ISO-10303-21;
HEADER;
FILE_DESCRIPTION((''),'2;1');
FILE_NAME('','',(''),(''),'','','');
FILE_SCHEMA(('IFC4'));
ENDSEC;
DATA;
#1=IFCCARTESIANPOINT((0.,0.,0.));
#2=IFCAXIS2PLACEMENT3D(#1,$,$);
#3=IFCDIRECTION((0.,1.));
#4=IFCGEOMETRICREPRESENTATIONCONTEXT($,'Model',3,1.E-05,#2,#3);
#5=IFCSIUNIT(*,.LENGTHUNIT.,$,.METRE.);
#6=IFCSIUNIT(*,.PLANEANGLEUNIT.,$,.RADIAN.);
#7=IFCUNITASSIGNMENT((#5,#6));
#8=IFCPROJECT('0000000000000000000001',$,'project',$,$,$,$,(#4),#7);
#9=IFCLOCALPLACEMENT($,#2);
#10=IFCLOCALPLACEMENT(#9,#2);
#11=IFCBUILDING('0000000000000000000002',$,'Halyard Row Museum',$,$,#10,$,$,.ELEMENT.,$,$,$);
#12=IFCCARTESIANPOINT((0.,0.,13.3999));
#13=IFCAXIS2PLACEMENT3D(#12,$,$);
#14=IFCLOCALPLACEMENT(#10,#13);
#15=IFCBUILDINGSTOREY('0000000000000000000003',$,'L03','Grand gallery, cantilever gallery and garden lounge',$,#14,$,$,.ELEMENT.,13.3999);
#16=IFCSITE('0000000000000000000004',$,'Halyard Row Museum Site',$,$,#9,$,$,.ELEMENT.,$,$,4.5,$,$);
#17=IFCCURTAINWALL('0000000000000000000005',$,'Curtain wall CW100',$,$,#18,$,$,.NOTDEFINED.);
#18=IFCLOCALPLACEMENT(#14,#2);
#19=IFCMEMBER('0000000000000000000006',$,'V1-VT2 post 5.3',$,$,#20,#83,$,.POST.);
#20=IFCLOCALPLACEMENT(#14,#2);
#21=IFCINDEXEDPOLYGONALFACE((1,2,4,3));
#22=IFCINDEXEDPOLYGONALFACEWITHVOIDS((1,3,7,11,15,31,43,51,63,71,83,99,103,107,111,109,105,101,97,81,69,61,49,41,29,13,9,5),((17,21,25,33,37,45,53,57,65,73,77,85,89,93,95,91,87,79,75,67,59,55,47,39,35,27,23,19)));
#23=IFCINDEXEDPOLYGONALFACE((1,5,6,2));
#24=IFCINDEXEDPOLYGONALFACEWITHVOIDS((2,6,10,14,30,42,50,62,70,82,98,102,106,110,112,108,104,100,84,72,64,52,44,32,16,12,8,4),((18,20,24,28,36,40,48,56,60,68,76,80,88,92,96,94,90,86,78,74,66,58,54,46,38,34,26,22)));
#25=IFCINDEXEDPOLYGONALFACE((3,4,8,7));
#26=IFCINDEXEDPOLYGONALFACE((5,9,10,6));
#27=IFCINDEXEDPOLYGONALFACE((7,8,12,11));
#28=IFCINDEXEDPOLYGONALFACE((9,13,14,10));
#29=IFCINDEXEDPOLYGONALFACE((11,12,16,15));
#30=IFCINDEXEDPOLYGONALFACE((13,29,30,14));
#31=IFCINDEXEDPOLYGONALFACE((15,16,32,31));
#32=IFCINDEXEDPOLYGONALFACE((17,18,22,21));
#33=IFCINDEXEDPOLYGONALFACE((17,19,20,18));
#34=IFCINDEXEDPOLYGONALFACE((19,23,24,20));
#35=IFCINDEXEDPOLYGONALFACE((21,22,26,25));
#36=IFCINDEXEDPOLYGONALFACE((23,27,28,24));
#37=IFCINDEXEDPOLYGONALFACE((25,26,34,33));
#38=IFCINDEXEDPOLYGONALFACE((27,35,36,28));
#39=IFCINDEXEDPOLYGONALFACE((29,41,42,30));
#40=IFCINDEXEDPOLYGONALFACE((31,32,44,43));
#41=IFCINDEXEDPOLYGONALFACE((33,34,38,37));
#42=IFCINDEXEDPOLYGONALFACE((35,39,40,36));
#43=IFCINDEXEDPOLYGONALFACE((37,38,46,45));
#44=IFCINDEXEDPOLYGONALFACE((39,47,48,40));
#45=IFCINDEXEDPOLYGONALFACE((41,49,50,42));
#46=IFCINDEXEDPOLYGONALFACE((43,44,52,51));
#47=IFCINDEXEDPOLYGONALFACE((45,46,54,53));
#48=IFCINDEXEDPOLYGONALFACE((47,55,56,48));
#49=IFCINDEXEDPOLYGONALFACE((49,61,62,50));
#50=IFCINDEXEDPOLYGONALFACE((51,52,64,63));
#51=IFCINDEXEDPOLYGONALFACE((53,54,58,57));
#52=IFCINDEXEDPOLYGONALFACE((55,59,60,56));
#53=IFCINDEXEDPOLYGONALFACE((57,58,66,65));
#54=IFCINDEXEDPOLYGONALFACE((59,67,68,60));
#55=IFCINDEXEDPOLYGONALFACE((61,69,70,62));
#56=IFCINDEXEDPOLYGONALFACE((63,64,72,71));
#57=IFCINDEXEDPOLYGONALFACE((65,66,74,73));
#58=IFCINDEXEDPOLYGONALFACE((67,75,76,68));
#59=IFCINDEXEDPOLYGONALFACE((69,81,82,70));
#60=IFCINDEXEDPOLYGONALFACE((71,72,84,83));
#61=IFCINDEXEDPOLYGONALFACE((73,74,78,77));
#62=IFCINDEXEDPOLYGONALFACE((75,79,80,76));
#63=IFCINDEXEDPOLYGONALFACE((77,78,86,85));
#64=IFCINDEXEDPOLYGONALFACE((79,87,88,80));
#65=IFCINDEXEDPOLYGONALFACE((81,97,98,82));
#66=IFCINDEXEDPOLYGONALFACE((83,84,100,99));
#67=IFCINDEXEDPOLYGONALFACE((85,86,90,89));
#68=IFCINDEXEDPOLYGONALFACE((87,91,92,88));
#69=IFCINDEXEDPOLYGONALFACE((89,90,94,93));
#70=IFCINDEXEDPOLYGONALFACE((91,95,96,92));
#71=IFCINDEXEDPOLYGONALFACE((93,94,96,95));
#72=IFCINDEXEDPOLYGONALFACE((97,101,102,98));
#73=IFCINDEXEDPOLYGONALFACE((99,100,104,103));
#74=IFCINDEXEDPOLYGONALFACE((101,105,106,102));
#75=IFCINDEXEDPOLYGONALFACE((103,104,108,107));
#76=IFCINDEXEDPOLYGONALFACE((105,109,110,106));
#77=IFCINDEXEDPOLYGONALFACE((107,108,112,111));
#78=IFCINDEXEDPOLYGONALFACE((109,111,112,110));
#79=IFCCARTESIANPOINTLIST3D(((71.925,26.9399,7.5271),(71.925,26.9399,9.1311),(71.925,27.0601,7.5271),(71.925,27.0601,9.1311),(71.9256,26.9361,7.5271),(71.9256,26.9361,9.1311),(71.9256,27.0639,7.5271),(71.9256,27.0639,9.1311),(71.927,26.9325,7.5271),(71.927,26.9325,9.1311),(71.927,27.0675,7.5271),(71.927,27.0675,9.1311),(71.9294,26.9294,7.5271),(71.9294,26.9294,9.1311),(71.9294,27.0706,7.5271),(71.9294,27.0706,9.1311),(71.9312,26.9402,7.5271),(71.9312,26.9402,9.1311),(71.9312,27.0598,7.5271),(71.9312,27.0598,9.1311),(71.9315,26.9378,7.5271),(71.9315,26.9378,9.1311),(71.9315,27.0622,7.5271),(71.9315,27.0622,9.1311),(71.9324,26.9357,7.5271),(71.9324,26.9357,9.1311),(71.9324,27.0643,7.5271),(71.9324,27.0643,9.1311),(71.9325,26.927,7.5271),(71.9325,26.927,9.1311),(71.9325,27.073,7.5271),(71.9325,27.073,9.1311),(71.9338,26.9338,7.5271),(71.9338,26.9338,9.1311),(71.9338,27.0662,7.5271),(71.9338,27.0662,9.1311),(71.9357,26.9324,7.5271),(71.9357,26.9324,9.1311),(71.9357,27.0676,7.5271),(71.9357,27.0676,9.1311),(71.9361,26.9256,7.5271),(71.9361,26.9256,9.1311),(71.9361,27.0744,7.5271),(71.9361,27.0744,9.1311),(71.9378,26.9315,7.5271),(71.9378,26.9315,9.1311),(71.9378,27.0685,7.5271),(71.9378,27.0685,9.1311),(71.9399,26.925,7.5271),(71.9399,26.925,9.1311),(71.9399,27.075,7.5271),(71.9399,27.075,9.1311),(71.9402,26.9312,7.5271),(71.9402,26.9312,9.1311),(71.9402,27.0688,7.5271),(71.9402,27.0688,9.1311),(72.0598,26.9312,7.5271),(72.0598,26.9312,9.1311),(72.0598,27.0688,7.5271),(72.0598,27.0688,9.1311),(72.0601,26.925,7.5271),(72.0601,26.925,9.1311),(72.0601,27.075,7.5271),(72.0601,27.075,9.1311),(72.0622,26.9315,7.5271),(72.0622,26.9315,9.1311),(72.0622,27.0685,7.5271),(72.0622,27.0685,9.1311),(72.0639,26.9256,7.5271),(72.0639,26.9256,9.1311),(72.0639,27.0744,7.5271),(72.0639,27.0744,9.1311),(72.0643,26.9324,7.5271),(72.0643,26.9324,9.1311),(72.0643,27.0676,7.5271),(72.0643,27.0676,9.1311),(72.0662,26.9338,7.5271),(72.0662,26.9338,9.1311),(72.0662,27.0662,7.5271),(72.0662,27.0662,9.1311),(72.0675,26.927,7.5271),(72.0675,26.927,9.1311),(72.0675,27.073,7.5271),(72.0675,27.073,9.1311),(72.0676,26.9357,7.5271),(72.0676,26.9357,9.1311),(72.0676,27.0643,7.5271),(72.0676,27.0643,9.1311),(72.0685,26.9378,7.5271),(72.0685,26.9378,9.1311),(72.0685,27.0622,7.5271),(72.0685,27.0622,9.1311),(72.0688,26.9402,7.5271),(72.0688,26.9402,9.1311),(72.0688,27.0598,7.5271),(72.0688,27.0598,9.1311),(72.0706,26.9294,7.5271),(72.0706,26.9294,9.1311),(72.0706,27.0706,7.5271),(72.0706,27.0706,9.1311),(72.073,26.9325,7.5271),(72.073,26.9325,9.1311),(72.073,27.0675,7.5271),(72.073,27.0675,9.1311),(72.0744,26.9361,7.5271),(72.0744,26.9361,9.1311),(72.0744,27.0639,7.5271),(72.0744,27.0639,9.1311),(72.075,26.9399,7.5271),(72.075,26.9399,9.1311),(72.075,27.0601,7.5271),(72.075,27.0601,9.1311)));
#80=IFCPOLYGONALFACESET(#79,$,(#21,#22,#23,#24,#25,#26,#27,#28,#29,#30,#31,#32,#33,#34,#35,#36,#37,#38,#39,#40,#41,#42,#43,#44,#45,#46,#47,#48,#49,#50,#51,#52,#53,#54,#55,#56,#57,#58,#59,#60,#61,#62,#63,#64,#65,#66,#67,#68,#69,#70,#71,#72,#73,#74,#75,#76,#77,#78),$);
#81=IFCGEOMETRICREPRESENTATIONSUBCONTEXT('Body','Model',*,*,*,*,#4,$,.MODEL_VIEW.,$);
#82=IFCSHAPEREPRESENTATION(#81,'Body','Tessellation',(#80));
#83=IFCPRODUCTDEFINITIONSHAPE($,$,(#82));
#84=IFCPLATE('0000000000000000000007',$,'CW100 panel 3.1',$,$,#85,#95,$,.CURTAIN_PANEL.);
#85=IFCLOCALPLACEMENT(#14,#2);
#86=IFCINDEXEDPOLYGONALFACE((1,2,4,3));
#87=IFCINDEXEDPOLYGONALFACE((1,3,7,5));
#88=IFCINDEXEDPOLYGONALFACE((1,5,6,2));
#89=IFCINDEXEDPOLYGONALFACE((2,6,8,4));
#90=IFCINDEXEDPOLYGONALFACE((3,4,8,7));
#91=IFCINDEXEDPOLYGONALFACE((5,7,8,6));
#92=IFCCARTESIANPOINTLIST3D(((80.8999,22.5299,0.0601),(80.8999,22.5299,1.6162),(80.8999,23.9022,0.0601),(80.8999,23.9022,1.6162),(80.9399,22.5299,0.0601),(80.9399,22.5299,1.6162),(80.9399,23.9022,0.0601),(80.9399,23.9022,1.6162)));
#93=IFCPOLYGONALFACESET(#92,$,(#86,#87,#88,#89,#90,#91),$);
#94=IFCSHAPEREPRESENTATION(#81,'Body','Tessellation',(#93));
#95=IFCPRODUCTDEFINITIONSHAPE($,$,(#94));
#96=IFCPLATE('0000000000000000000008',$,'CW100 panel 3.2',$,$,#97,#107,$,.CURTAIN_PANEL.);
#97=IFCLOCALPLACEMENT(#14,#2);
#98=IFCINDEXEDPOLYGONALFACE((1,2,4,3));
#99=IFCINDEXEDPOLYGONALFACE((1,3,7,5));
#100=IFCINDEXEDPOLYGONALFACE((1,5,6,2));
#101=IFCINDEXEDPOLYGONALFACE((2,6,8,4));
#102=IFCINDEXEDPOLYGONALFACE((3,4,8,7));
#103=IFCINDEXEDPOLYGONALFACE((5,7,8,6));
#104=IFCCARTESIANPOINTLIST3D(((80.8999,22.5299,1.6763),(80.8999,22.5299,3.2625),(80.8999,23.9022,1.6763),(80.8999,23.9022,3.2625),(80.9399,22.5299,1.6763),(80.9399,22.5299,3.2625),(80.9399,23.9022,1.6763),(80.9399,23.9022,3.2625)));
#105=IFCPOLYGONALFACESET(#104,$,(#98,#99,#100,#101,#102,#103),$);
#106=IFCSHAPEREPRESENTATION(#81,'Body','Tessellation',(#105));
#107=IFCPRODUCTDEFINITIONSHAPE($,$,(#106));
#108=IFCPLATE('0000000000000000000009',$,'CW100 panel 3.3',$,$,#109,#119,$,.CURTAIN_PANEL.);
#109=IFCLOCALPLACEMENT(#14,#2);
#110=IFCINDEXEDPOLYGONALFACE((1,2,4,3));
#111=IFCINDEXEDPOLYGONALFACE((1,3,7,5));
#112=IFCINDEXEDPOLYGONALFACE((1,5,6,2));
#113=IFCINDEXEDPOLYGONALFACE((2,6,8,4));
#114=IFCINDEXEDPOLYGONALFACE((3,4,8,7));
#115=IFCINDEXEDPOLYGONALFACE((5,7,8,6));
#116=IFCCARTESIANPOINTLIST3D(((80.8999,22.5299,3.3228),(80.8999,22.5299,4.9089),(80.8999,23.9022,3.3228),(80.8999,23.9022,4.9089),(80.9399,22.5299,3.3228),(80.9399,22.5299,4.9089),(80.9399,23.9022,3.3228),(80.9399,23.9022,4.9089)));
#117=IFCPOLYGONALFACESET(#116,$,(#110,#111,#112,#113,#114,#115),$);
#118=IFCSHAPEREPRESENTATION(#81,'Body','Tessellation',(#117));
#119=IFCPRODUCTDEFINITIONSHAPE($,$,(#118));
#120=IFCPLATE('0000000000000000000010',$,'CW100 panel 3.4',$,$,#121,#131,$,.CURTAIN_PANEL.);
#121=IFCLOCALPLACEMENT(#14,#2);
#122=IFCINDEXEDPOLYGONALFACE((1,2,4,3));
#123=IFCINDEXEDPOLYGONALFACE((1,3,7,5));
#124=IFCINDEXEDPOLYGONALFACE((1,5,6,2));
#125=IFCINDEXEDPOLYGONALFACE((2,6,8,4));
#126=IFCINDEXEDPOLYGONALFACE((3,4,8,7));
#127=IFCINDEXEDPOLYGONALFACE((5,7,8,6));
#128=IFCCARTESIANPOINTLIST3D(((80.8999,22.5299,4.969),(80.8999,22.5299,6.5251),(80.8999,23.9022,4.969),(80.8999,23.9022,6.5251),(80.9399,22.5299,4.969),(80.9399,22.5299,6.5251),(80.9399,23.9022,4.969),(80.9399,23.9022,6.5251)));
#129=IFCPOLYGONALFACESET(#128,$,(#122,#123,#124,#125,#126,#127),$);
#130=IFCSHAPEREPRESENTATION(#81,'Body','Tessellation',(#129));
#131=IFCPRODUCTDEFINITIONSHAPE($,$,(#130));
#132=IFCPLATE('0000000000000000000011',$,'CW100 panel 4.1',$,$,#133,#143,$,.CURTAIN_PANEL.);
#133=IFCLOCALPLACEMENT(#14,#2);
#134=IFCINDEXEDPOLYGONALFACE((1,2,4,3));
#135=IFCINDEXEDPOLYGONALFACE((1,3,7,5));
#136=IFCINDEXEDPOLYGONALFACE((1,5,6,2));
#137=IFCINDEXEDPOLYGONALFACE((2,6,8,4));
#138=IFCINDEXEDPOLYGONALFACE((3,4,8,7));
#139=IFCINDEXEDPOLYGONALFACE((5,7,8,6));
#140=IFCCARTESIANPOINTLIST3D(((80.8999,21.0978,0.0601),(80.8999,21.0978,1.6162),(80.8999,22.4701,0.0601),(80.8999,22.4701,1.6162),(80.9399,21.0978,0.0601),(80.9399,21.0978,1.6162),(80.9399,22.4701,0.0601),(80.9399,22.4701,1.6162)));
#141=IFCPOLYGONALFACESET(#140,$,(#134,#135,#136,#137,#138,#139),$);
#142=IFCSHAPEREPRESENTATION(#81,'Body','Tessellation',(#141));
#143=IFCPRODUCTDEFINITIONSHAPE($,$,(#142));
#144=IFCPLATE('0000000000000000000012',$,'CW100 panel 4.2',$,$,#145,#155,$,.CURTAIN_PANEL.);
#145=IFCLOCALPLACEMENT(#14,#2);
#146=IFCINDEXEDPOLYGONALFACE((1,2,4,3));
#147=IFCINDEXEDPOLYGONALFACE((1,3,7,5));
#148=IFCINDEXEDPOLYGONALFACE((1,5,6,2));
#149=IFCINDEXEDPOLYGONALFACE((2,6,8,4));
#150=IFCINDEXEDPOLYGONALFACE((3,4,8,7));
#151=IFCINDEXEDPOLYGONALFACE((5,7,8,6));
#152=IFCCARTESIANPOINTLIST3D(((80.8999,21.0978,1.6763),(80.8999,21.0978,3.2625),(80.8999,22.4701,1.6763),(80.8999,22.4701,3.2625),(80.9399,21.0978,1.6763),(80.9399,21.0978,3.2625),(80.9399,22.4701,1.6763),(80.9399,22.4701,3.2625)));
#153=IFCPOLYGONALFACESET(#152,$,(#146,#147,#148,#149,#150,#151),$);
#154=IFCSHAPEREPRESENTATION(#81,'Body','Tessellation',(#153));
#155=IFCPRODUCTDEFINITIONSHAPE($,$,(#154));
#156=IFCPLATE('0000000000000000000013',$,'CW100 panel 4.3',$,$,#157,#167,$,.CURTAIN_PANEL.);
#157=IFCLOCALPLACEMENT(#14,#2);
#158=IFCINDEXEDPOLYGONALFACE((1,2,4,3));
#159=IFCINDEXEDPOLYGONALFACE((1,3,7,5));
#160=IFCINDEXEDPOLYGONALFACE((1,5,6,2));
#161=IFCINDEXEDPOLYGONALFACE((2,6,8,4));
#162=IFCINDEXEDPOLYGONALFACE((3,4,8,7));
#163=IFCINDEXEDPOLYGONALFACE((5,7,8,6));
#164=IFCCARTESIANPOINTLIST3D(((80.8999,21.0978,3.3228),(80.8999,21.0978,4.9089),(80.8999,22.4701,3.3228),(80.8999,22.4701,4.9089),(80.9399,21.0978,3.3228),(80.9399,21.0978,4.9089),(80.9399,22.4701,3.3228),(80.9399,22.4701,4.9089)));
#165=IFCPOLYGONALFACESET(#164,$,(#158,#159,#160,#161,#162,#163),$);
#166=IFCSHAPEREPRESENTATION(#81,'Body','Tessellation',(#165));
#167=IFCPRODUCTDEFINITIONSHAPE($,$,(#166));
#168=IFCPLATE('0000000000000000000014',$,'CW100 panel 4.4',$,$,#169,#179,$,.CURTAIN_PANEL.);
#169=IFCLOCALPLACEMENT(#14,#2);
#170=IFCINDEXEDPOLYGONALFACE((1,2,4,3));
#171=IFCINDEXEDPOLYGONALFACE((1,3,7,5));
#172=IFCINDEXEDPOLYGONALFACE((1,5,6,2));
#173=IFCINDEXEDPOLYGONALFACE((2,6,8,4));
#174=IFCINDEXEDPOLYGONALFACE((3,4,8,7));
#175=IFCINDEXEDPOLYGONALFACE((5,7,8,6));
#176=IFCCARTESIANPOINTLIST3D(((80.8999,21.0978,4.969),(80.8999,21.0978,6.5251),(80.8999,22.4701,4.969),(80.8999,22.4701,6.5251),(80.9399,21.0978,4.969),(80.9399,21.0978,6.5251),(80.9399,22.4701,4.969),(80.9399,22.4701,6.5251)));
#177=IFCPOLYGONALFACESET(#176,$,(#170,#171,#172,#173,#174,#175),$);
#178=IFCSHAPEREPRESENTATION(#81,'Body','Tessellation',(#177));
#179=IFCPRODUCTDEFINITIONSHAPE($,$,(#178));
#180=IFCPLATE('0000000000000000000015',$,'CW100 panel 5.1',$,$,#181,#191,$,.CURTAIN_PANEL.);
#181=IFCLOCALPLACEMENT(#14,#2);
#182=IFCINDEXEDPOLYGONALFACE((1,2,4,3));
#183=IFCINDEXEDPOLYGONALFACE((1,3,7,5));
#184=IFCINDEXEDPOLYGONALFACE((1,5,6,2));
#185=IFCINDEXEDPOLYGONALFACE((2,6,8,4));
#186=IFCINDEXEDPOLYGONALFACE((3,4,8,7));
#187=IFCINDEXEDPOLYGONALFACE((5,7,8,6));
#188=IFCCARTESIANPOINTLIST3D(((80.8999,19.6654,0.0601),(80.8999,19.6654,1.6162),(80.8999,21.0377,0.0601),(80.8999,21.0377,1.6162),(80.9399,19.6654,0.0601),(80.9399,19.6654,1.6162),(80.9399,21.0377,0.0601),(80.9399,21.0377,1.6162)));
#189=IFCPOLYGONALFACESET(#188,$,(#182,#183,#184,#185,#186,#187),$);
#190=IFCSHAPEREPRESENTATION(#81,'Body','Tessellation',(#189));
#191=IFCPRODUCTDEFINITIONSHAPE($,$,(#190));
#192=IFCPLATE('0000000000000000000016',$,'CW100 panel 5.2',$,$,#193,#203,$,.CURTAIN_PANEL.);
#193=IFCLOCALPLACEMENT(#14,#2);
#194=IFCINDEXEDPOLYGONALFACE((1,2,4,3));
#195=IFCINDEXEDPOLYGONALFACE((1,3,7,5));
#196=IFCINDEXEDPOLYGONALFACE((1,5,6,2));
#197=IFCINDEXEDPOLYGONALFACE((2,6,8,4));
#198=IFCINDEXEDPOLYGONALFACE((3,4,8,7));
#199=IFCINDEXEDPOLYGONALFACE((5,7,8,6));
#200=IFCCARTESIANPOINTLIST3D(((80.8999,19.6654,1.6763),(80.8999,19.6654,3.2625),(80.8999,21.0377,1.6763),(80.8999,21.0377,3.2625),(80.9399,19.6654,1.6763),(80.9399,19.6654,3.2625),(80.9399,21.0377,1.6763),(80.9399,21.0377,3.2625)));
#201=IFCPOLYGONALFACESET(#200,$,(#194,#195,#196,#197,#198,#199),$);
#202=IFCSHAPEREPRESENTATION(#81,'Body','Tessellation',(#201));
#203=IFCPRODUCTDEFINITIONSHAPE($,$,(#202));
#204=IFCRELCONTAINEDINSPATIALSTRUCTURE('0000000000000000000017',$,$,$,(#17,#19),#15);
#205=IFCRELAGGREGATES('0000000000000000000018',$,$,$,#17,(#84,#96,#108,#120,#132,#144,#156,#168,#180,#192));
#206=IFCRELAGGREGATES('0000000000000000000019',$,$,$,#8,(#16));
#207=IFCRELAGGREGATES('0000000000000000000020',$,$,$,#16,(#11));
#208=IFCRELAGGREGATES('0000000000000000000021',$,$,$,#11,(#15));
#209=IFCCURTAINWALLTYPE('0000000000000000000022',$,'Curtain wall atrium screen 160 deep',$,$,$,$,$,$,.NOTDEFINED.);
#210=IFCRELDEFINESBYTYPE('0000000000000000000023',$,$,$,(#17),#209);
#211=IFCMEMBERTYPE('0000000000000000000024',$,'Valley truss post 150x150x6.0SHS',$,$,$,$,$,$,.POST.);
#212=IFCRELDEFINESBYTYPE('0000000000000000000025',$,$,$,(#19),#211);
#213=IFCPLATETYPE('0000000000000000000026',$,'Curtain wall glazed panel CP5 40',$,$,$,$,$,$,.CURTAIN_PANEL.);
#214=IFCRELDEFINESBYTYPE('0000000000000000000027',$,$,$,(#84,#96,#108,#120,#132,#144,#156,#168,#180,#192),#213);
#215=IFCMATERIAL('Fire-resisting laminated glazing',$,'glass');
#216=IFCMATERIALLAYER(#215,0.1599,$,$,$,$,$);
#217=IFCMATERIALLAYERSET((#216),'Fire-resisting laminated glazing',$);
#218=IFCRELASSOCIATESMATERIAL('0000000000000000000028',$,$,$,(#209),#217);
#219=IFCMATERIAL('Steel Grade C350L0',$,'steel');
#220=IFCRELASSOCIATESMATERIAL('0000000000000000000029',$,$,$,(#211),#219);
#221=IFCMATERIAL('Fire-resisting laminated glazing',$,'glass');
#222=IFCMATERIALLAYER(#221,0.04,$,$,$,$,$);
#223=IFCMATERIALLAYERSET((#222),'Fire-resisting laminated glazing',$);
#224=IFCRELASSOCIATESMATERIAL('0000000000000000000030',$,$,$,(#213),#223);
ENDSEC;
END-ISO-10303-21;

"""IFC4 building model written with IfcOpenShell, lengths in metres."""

from ifc_helpers import new_model, si_unit, direction, frame, origin, origin_2d, place, context, subcontext, project, spatial, rectangle, hollow_rectangle, extrude, material, layer, layer_set, material_profile, profile_set, type_object, element, aggregate, save


model = new_model("IFC4")

# Units and contexts
model_context = context("Model", 3, precision=1e-05, world=origin(), true_north=direction((0.0, 1.0)))
body_context = subcontext(model_context, "Body", "Model", "MODEL_VIEW")
ifc_project = project(units=[si_unit("LENGTHUNIT", "METRE"), si_unit("PLANEANGLEUNIT", "RADIAN")], contexts=[model_context])

# Site, building, storey
site_placement = place(None, origin())
site = spatial("IfcSite", under=ifc_project, at=site_placement, Name="Halyard Row Museum Site", CompositionType="ELEMENT", RefElevation=4.5)
building_placement = place(site_placement, origin())
building = spatial("IfcBuilding", under=site, at=building_placement, Name="Halyard Row Museum", CompositionType="ELEMENT")
storey_placement = place(building_placement, frame((0.0, 0.0, 13.3999)))
storey = spatial("IfcBuildingStorey", under=building, at=storey_placement, Name="L03", Description="Grand gallery, cantilever gallery and garden lounge", CompositionType="ELEMENT", Elevation=13.3999)

# Curtain wall
ifc_material_1 = material(Name="Fire-resisting laminated glazing", Category="glass")
ifc_layer_1 = layer(ifc_material_1, 0.1599)
ifc_layer_set_1 = layer_set([ifc_layer_1], Name="Fire-resisting laminated glazing")
curtain_wall_type = type_object("IfcCurtainWallType", Name="Curtain wall atrium screen 160 deep", PredefinedType="NOTDEFINED", material=ifc_layer_set_1)
curtain_wall_placement = place(storey_placement, origin())
curtain_wall = element("IfcCurtainWall", 1, at=curtain_wall_placement, inside=storey, type_object=curtain_wall_type, Name="Curtain wall CW100", PredefinedType="NOTDEFINED")

# Member
ifc_material_2 = material(Name="Steel Grade C350L0", Category="steel")
ifc_material_profile_1 = material_profile(ifc_material_2, hollow_rectangle(XDim=0.1499, YDim=0.1499, WallThickness=0.0061, InnerFilletRadius=0.009, OuterFilletRadius=0.0149, at=origin_2d()), Name="150x150x6.0SHS")
ifc_profile_set_1 = profile_set([ifc_material_profile_1], Name="Steel Grade C350L0")
member_type_1 = type_object("IfcMemberType", Name="Valley truss post 150x150x6.0SHS", PredefinedType="POST", material=ifc_profile_set_1)
member_1_placement = place(storey_placement, frame((72.0, 27.0, 7.5271), z_axis=(0.0, 0.0, 1.0), x_axis=(1.0, 0.0, 0.0)))
element("IfcMember", 2, at=member_1_placement, inside=storey, type_object=member_type_1, Name="V1-VT2 post 5.3", PredefinedType="POST", context=body_context, shape_type="SweptSolid", body=[
    extrude(hollow_rectangle(XDim=0.1499, YDim=0.1499, WallThickness=0.0061, InnerFilletRadius=0.009, OuterFilletRadius=0.0149, at=origin_2d()), origin(), (0.0, 0.0, 1.0), 1.604),
])

# Plates
ifc_material_3 = material(Name="Fire-resisting laminated glazing", Category="glass")
ifc_layer_2 = layer(ifc_material_3, 0.04)
ifc_layer_set_2 = layer_set([ifc_layer_2], Name="Fire-resisting laminated glazing")
plate_type = type_object("IfcPlateType", Name="Curtain wall glazed panel CP5 40", PredefinedType="CURTAIN_PANEL", material=ifc_layer_set_2)
plate_1_placement = place(storey_placement, frame((80.9199, 23.2161, 0.0601), z_axis=(0.0, 0.0, 1.0), x_axis=(0.0, -1.0, 0.0)))
plate_1 = element("IfcPlate", 3, at=plate_1_placement, type_object=plate_type, Name="CW100 panel 3.1", PredefinedType="CURTAIN_PANEL", context=body_context, shape_type="SweptSolid", body=[
    extrude(rectangle(XDim=1.3723, YDim=0.04, at=origin_2d()), origin(), (0.0, 0.0, 1.0), 1.5562),
])
plate_2_placement = place(storey_placement, frame((80.9199, 23.2161, 1.6763), z_axis=(0.0, 0.0, 1.0), x_axis=(0.0, -1.0, 0.0)))
plate_2 = element("IfcPlate", 4, at=plate_2_placement, type_object=plate_type, Name="CW100 panel 3.2", PredefinedType="CURTAIN_PANEL", context=body_context, shape_type="SweptSolid", body=[
    extrude(rectangle(XDim=1.3723, YDim=0.04, at=origin_2d()), origin(), (0.0, 0.0, 1.0), 1.5862),
])
plate_3_placement = place(storey_placement, frame((80.9199, 23.2161, 3.3228), z_axis=(0.0, 0.0, 1.0), x_axis=(0.0, -1.0, 0.0)))
plate_3 = element("IfcPlate", 5, at=plate_3_placement, type_object=plate_type, Name="CW100 panel 3.3", PredefinedType="CURTAIN_PANEL", context=body_context, shape_type="SweptSolid", body=[
    extrude(rectangle(XDim=1.3723, YDim=0.04, at=origin_2d()), origin(), (0.0, 0.0, 1.0), 1.5862),
])
plate_4_placement = place(storey_placement, frame((80.9199, 23.2161, 4.969), z_axis=(0.0, 0.0, 1.0), x_axis=(0.0, -1.0, 0.0)))
plate_4 = element("IfcPlate", 6, at=plate_4_placement, type_object=plate_type, Name="CW100 panel 3.4", PredefinedType="CURTAIN_PANEL", context=body_context, shape_type="SweptSolid", body=[
    extrude(rectangle(XDim=1.3723, YDim=0.04, at=origin_2d()), origin(), (0.0, 0.0, 1.0), 1.5562),
])
plate_5_placement = place(storey_placement, frame((80.9199, 21.7839, 0.0601), z_axis=(0.0, 0.0, 1.0), x_axis=(0.0, -1.0, 0.0)))
plate_5 = element("IfcPlate", 7, at=plate_5_placement, type_object=plate_type, Name="CW100 panel 4.1", PredefinedType="CURTAIN_PANEL", context=body_context, shape_type="SweptSolid", body=[
    extrude(rectangle(XDim=1.3723, YDim=0.04, at=origin_2d()), origin(), (0.0, 0.0, 1.0), 1.5562),
])
plate_6_placement = place(storey_placement, frame((80.9199, 21.7839, 1.6763), z_axis=(0.0, 0.0, 1.0), x_axis=(0.0, -1.0, 0.0)))
plate_6 = element("IfcPlate", 8, at=plate_6_placement, type_object=plate_type, Name="CW100 panel 4.2", PredefinedType="CURTAIN_PANEL", context=body_context, shape_type="SweptSolid", body=[
    extrude(rectangle(XDim=1.3723, YDim=0.04, at=origin_2d()), origin(), (0.0, 0.0, 1.0), 1.5862),
])
plate_7_placement = place(storey_placement, frame((80.9199, 21.7839, 3.3228), z_axis=(0.0, 0.0, 1.0), x_axis=(0.0, -1.0, 0.0)))
plate_7 = element("IfcPlate", 9, at=plate_7_placement, type_object=plate_type, Name="CW100 panel 4.3", PredefinedType="CURTAIN_PANEL", context=body_context, shape_type="SweptSolid", body=[
    extrude(rectangle(XDim=1.3723, YDim=0.04, at=origin_2d()), origin(), (0.0, 0.0, 1.0), 1.5862),
])
plate_8_placement = place(storey_placement, frame((80.9199, 21.7839, 4.969), z_axis=(0.0, 0.0, 1.0), x_axis=(0.0, -1.0, 0.0)))
plate_8 = element("IfcPlate", 10, at=plate_8_placement, type_object=plate_type, Name="CW100 panel 4.4", PredefinedType="CURTAIN_PANEL", context=body_context, shape_type="SweptSolid", body=[
    extrude(rectangle(XDim=1.3723, YDim=0.04, at=origin_2d()), origin(), (0.0, 0.0, 1.0), 1.5562),
])
plate_9_placement = place(storey_placement, frame((80.9199, 20.3516, 0.0601), z_axis=(0.0, 0.0, 1.0), x_axis=(0.0, -1.0, 0.0)))
plate_9 = element("IfcPlate", 11, at=plate_9_placement, type_object=plate_type, Name="CW100 panel 5.1", PredefinedType="CURTAIN_PANEL", context=body_context, shape_type="SweptSolid", body=[
    extrude(rectangle(XDim=1.3723, YDim=0.04, at=origin_2d()), origin(), (0.0, 0.0, 1.0), 1.5562),
])
plate_10_placement = place(storey_placement, frame((80.9199, 20.3516, 1.6763), z_axis=(0.0, 0.0, 1.0), x_axis=(0.0, -1.0, 0.0)))
plate_10 = element("IfcPlate", 12, at=plate_10_placement, type_object=plate_type, Name="CW100 panel 5.2", PredefinedType="CURTAIN_PANEL", context=body_context, shape_type="SweptSolid", body=[
    extrude(rectangle(XDim=1.3723, YDim=0.04, at=origin_2d()), origin(), (0.0, 0.0, 1.0), 1.5862),
])
aggregate(curtain_wall, [plate_1, plate_2, plate_3, plate_4, plate_5, plate_6, plate_7, plate_8, plate_9, plate_10])

save(model, "model.ifc")
